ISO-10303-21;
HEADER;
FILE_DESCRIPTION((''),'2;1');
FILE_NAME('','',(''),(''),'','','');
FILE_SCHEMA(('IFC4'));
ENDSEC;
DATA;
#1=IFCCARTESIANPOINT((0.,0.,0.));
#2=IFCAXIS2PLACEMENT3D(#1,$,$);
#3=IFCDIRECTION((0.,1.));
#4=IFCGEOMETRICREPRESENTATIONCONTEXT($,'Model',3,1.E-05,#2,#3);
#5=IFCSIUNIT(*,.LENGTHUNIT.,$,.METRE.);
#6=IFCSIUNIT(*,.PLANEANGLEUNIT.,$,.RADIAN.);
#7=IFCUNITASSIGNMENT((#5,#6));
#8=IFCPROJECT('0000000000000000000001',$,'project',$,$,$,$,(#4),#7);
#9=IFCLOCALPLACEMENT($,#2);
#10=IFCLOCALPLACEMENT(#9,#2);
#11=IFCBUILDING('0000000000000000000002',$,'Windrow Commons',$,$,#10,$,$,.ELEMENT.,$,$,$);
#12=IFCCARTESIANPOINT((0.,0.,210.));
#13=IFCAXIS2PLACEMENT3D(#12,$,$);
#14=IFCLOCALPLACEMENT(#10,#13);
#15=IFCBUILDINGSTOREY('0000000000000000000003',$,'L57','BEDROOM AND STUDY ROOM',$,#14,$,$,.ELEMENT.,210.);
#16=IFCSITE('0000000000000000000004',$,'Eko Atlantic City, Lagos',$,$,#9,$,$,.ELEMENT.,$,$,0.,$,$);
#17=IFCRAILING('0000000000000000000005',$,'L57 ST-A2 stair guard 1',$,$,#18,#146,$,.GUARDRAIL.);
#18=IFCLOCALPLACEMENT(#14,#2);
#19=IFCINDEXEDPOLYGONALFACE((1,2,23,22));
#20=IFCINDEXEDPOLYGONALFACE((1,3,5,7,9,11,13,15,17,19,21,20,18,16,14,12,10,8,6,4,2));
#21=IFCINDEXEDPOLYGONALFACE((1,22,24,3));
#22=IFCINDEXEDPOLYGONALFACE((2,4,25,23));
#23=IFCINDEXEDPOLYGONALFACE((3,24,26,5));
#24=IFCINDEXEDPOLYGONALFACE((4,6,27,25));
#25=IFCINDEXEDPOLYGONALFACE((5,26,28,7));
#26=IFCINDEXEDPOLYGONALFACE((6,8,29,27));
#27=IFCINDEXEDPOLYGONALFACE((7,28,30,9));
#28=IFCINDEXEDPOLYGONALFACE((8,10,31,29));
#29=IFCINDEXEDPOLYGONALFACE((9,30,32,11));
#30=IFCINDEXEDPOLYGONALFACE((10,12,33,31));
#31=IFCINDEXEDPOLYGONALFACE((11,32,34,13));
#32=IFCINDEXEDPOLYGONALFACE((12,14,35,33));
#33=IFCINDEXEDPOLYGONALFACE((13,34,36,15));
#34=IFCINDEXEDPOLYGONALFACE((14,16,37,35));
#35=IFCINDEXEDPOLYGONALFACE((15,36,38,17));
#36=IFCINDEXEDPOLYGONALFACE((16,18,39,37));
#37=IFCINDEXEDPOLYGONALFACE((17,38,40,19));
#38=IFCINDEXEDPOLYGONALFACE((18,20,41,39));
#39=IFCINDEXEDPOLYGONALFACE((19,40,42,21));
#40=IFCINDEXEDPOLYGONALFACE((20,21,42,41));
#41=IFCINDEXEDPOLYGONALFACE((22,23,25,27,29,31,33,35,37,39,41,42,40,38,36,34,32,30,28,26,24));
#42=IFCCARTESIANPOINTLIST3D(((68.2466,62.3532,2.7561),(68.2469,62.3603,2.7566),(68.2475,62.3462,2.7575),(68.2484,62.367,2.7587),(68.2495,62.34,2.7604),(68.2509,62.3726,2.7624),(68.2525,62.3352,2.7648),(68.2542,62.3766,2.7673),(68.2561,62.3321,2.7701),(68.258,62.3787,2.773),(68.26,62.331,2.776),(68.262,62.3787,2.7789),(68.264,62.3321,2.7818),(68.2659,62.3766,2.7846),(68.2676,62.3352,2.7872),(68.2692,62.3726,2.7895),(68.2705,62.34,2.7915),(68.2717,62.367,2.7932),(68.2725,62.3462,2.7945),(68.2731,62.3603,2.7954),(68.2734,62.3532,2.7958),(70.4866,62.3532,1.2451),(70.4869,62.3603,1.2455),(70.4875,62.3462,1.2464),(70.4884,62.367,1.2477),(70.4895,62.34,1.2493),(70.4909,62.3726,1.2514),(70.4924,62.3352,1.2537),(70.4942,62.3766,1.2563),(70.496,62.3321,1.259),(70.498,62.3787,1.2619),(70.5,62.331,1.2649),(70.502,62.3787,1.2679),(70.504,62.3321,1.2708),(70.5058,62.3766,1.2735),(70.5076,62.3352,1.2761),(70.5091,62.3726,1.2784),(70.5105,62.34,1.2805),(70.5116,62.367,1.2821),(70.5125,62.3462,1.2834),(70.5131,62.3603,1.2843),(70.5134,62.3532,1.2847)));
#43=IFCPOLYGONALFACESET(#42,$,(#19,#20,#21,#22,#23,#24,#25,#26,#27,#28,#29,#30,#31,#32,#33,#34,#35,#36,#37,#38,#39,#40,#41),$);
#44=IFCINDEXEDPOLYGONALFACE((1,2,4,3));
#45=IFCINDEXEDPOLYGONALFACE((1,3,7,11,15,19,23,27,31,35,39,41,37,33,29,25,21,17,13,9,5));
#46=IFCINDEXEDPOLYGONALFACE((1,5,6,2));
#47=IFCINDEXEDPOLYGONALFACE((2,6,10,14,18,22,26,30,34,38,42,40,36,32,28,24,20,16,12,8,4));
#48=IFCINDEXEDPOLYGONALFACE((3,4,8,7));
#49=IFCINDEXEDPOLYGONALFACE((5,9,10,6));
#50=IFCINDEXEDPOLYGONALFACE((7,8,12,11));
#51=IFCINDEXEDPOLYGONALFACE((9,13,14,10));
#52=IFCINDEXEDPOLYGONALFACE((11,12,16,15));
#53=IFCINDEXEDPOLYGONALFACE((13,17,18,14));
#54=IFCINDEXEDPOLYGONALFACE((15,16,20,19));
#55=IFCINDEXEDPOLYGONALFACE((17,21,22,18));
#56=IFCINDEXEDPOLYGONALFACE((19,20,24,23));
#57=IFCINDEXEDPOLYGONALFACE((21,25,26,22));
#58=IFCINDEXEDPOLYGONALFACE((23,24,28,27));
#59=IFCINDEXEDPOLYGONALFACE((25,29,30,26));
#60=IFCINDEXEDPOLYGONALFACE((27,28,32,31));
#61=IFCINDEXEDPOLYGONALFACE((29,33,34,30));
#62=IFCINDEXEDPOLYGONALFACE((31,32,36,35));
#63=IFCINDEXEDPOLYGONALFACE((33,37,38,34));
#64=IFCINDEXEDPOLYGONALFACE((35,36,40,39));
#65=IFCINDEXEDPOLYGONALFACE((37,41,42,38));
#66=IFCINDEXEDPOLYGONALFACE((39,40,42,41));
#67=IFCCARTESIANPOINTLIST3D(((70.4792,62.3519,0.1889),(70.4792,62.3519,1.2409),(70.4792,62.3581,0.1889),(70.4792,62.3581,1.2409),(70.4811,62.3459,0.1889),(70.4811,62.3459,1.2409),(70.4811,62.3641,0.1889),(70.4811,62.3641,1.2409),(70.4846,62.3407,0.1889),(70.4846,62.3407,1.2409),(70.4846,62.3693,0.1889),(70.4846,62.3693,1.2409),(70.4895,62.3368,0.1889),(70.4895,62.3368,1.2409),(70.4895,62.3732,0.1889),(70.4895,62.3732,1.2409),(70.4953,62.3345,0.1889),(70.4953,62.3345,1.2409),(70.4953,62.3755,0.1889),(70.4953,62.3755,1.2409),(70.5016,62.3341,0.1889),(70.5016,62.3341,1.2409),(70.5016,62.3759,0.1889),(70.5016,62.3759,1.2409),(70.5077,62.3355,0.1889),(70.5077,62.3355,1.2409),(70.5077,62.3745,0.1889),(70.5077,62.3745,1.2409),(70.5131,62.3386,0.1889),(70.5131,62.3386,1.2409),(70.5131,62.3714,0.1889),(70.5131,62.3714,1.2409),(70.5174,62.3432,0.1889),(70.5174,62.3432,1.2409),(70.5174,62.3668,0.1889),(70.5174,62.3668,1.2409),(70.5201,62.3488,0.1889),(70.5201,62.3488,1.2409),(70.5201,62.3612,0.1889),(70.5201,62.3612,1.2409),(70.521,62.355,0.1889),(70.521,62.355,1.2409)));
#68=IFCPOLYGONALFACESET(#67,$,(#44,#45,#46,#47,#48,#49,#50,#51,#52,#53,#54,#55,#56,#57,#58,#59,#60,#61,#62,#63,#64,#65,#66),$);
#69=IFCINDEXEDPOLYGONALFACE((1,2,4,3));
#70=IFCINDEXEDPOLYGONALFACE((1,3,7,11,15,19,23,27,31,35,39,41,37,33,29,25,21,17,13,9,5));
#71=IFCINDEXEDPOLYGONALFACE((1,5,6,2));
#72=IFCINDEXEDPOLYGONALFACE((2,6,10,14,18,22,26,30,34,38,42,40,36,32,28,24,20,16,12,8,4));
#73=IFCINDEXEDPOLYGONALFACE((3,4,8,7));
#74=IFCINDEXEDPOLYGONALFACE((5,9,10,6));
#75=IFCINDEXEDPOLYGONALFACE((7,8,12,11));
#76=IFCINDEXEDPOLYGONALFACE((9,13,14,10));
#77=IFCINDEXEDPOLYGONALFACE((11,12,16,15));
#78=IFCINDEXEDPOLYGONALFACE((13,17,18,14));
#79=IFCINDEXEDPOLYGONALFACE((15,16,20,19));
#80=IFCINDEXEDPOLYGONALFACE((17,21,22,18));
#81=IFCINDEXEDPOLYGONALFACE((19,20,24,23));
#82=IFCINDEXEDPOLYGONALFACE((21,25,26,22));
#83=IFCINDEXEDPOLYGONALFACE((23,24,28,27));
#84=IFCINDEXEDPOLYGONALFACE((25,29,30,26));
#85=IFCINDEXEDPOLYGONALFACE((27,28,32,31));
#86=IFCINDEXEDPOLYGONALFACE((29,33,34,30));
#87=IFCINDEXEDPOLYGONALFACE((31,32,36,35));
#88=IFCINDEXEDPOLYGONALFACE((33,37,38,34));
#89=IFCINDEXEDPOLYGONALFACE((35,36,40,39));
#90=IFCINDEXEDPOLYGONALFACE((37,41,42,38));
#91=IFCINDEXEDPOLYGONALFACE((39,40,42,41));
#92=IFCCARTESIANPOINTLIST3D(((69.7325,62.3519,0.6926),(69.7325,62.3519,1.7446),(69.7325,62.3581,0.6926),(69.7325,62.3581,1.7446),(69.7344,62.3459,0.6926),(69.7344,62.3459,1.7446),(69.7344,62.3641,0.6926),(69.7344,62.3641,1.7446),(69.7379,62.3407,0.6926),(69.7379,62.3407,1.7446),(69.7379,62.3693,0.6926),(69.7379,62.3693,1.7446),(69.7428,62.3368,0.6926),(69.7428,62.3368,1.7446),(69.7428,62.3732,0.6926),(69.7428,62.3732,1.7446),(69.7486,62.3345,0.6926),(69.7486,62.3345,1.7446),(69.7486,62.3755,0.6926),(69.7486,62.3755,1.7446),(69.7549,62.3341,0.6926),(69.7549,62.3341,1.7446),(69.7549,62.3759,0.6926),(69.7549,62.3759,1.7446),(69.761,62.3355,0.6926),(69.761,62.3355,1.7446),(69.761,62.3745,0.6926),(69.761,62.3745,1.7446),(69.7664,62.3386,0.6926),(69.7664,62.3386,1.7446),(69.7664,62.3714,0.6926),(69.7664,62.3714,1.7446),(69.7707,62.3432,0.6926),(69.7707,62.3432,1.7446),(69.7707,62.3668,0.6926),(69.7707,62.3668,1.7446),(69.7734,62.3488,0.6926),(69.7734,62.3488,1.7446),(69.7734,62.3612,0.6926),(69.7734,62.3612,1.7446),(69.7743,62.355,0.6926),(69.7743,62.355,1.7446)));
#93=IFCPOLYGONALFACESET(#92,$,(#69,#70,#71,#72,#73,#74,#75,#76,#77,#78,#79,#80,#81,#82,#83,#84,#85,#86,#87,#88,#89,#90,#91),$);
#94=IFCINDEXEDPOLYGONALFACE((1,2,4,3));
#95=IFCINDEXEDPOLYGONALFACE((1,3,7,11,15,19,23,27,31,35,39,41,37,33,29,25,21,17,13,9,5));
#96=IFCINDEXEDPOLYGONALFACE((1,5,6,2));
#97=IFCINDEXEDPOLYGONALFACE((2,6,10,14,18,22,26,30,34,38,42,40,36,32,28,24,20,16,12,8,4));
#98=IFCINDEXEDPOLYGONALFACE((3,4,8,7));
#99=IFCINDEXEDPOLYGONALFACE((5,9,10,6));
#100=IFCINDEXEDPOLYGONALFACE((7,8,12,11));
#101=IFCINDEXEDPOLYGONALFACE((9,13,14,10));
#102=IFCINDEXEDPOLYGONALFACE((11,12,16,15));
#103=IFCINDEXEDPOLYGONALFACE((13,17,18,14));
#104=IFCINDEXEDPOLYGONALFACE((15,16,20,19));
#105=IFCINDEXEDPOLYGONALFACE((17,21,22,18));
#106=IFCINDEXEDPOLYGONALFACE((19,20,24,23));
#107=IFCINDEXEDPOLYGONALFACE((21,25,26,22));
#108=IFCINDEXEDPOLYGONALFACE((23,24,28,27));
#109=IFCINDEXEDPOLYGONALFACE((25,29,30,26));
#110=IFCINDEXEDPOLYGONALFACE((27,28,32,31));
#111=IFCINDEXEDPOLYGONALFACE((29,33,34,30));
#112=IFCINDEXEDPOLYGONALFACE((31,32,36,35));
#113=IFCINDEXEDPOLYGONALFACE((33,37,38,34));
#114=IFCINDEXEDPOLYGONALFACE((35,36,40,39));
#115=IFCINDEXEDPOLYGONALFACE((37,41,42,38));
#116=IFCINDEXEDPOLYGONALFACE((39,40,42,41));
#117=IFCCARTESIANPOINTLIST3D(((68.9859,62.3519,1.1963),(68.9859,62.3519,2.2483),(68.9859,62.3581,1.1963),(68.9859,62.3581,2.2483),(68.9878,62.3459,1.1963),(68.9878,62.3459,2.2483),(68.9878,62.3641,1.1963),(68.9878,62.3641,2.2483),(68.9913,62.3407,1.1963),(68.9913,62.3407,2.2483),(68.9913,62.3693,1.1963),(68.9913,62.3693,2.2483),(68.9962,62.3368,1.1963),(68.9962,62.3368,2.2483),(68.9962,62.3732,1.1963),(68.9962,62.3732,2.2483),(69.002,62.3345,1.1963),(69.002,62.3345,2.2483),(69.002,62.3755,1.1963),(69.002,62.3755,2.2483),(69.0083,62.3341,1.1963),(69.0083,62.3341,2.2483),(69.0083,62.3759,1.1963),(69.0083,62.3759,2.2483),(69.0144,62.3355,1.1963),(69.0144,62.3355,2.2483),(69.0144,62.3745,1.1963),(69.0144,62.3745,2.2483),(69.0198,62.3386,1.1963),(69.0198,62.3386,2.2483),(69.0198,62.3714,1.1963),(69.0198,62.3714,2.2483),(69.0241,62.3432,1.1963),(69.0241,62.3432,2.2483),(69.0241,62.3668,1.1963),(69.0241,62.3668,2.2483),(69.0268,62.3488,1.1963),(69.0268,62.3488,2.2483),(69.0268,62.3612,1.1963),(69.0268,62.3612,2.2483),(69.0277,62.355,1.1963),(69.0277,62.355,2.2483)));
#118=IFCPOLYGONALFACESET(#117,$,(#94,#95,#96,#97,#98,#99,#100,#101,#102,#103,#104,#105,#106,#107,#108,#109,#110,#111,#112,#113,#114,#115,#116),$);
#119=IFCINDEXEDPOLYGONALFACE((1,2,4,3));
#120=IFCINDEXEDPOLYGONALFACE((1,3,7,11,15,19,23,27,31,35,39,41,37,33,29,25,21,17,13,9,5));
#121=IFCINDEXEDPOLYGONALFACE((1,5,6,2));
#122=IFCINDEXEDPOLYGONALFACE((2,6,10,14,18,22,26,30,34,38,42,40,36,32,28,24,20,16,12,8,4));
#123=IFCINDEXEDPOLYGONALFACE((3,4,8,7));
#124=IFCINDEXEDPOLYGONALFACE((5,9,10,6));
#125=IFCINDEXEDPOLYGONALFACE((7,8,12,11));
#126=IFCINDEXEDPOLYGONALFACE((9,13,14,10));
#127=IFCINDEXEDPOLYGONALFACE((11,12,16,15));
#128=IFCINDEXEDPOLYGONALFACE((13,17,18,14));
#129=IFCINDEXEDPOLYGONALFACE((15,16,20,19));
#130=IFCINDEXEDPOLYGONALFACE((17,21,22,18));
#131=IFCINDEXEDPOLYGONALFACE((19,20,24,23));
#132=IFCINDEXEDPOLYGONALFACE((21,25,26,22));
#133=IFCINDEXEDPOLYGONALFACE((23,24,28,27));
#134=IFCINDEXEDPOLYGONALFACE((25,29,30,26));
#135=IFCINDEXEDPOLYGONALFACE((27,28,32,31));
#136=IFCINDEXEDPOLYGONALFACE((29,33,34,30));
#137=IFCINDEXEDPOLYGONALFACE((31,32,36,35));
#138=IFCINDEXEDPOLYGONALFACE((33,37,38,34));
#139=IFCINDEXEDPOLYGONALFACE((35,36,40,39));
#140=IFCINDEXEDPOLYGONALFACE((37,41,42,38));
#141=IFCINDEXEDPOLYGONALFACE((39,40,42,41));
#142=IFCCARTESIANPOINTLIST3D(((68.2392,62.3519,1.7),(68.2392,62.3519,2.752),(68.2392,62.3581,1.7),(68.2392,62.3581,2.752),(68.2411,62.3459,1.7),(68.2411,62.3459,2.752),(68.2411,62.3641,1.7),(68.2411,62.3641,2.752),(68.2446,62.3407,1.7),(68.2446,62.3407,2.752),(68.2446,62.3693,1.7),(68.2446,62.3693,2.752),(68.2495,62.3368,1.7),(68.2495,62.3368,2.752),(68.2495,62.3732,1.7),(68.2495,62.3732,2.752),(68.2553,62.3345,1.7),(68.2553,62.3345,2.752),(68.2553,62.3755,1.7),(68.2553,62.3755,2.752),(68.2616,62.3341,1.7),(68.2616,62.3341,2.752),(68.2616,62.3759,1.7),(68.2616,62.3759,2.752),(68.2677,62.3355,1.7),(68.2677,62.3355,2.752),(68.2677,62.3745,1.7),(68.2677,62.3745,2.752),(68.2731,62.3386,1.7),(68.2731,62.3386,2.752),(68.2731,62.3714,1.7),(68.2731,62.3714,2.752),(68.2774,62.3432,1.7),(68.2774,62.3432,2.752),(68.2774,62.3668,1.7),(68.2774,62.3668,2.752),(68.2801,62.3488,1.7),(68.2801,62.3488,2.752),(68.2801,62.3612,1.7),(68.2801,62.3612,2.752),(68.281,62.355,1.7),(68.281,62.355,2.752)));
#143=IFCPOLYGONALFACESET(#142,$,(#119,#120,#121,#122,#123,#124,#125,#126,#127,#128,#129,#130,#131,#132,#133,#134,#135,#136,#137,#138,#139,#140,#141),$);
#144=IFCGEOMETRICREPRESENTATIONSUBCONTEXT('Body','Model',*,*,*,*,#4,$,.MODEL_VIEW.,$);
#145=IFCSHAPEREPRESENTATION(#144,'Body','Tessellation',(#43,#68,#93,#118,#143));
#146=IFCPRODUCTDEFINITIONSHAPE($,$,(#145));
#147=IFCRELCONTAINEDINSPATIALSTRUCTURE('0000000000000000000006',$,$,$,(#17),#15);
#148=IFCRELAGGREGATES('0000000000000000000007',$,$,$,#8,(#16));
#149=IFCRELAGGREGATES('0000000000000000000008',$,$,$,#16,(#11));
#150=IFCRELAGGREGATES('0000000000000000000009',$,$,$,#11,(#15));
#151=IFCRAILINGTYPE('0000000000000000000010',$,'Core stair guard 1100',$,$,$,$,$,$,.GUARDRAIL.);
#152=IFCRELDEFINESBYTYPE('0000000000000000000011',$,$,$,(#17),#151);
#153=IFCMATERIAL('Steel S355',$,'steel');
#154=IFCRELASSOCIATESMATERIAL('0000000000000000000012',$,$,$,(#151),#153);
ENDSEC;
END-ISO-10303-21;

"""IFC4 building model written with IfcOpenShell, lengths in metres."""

from ifc_helpers import new_model, si_unit, direction, frame, origin, origin_2d, place, context, subcontext, project, spatial, circle, extrude, material, type_object, element, save


model = new_model("IFC4")

# Units and contexts
model_context = context("Model", 3, precision=1e-05, world=origin(), true_north=direction((0.0, 1.0)))
body_context = subcontext(model_context, "Body", "Model", "MODEL_VIEW")
ifc_project = project(units=[si_unit("LENGTHUNIT", "METRE"), si_unit("PLANEANGLEUNIT", "RADIAN")], contexts=[model_context])

# Site, building, storey
site_placement = place(None, origin())
site = spatial("IfcSite", under=ifc_project, at=site_placement, Name="Eko Atlantic City, Lagos", CompositionType="ELEMENT", RefElevation=0.0)
building_placement = place(site_placement, origin())
building = spatial("IfcBuilding", under=site, at=building_placement, Name="Windrow Commons", CompositionType="ELEMENT")
storey_placement = place(building_placement, frame((0.0, 0.0, 210.0)))
storey = spatial("IfcBuildingStorey", under=building, at=storey_placement, Name="L57", Description="BEDROOM AND STUDY ROOM", CompositionType="ELEMENT", Elevation=210.0)

# Railing
ifc_material_1 = material(Name="Steel S355", Category="steel")
railing_type_1 = type_object("IfcRailingType", Name="Core stair guard 1100", PredefinedType="GUARDRAIL", material=ifc_material_1)
railing_1_placement = place(storey_placement, frame((70.5, 62.355, 0.1889)))
element("IfcRailing", 1, at=railing_1_placement, inside=storey, type_object=railing_type_1, Name="L57 ST-A2 stair guard 1", PredefinedType="GUARDRAIL", context=body_context, shape_type="SweptSolid", body=[
    extrude(circle(Radius=0.024, at=origin_2d()), frame((0.0, 0.0, 1.076), z_axis=(-0.829003, 0.0, 0.559244), x_axis=(0.0, -1.0, 0.0)), (0.0, 0.0, 1.0), 2.702),
    extrude(circle(Radius=0.021, at=origin_2d()), origin(), (0.0, 0.0, 1.0), 1.052),
    extrude(circle(Radius=0.021, at=origin_2d()), frame((-0.7467, 0.0, 0.5037)), (0.0, 0.0, 1.0), 1.052),
    extrude(circle(Radius=0.021, at=origin_2d()), frame((-1.4933, 0.0, 1.0074)), (0.0, 0.0, 1.0), 1.052),
    extrude(circle(Radius=0.021, at=origin_2d()), frame((-2.24, 0.0, 1.5111)), (0.0, 0.0, 1.0), 1.052),
])

save(model, "model.ifc")
